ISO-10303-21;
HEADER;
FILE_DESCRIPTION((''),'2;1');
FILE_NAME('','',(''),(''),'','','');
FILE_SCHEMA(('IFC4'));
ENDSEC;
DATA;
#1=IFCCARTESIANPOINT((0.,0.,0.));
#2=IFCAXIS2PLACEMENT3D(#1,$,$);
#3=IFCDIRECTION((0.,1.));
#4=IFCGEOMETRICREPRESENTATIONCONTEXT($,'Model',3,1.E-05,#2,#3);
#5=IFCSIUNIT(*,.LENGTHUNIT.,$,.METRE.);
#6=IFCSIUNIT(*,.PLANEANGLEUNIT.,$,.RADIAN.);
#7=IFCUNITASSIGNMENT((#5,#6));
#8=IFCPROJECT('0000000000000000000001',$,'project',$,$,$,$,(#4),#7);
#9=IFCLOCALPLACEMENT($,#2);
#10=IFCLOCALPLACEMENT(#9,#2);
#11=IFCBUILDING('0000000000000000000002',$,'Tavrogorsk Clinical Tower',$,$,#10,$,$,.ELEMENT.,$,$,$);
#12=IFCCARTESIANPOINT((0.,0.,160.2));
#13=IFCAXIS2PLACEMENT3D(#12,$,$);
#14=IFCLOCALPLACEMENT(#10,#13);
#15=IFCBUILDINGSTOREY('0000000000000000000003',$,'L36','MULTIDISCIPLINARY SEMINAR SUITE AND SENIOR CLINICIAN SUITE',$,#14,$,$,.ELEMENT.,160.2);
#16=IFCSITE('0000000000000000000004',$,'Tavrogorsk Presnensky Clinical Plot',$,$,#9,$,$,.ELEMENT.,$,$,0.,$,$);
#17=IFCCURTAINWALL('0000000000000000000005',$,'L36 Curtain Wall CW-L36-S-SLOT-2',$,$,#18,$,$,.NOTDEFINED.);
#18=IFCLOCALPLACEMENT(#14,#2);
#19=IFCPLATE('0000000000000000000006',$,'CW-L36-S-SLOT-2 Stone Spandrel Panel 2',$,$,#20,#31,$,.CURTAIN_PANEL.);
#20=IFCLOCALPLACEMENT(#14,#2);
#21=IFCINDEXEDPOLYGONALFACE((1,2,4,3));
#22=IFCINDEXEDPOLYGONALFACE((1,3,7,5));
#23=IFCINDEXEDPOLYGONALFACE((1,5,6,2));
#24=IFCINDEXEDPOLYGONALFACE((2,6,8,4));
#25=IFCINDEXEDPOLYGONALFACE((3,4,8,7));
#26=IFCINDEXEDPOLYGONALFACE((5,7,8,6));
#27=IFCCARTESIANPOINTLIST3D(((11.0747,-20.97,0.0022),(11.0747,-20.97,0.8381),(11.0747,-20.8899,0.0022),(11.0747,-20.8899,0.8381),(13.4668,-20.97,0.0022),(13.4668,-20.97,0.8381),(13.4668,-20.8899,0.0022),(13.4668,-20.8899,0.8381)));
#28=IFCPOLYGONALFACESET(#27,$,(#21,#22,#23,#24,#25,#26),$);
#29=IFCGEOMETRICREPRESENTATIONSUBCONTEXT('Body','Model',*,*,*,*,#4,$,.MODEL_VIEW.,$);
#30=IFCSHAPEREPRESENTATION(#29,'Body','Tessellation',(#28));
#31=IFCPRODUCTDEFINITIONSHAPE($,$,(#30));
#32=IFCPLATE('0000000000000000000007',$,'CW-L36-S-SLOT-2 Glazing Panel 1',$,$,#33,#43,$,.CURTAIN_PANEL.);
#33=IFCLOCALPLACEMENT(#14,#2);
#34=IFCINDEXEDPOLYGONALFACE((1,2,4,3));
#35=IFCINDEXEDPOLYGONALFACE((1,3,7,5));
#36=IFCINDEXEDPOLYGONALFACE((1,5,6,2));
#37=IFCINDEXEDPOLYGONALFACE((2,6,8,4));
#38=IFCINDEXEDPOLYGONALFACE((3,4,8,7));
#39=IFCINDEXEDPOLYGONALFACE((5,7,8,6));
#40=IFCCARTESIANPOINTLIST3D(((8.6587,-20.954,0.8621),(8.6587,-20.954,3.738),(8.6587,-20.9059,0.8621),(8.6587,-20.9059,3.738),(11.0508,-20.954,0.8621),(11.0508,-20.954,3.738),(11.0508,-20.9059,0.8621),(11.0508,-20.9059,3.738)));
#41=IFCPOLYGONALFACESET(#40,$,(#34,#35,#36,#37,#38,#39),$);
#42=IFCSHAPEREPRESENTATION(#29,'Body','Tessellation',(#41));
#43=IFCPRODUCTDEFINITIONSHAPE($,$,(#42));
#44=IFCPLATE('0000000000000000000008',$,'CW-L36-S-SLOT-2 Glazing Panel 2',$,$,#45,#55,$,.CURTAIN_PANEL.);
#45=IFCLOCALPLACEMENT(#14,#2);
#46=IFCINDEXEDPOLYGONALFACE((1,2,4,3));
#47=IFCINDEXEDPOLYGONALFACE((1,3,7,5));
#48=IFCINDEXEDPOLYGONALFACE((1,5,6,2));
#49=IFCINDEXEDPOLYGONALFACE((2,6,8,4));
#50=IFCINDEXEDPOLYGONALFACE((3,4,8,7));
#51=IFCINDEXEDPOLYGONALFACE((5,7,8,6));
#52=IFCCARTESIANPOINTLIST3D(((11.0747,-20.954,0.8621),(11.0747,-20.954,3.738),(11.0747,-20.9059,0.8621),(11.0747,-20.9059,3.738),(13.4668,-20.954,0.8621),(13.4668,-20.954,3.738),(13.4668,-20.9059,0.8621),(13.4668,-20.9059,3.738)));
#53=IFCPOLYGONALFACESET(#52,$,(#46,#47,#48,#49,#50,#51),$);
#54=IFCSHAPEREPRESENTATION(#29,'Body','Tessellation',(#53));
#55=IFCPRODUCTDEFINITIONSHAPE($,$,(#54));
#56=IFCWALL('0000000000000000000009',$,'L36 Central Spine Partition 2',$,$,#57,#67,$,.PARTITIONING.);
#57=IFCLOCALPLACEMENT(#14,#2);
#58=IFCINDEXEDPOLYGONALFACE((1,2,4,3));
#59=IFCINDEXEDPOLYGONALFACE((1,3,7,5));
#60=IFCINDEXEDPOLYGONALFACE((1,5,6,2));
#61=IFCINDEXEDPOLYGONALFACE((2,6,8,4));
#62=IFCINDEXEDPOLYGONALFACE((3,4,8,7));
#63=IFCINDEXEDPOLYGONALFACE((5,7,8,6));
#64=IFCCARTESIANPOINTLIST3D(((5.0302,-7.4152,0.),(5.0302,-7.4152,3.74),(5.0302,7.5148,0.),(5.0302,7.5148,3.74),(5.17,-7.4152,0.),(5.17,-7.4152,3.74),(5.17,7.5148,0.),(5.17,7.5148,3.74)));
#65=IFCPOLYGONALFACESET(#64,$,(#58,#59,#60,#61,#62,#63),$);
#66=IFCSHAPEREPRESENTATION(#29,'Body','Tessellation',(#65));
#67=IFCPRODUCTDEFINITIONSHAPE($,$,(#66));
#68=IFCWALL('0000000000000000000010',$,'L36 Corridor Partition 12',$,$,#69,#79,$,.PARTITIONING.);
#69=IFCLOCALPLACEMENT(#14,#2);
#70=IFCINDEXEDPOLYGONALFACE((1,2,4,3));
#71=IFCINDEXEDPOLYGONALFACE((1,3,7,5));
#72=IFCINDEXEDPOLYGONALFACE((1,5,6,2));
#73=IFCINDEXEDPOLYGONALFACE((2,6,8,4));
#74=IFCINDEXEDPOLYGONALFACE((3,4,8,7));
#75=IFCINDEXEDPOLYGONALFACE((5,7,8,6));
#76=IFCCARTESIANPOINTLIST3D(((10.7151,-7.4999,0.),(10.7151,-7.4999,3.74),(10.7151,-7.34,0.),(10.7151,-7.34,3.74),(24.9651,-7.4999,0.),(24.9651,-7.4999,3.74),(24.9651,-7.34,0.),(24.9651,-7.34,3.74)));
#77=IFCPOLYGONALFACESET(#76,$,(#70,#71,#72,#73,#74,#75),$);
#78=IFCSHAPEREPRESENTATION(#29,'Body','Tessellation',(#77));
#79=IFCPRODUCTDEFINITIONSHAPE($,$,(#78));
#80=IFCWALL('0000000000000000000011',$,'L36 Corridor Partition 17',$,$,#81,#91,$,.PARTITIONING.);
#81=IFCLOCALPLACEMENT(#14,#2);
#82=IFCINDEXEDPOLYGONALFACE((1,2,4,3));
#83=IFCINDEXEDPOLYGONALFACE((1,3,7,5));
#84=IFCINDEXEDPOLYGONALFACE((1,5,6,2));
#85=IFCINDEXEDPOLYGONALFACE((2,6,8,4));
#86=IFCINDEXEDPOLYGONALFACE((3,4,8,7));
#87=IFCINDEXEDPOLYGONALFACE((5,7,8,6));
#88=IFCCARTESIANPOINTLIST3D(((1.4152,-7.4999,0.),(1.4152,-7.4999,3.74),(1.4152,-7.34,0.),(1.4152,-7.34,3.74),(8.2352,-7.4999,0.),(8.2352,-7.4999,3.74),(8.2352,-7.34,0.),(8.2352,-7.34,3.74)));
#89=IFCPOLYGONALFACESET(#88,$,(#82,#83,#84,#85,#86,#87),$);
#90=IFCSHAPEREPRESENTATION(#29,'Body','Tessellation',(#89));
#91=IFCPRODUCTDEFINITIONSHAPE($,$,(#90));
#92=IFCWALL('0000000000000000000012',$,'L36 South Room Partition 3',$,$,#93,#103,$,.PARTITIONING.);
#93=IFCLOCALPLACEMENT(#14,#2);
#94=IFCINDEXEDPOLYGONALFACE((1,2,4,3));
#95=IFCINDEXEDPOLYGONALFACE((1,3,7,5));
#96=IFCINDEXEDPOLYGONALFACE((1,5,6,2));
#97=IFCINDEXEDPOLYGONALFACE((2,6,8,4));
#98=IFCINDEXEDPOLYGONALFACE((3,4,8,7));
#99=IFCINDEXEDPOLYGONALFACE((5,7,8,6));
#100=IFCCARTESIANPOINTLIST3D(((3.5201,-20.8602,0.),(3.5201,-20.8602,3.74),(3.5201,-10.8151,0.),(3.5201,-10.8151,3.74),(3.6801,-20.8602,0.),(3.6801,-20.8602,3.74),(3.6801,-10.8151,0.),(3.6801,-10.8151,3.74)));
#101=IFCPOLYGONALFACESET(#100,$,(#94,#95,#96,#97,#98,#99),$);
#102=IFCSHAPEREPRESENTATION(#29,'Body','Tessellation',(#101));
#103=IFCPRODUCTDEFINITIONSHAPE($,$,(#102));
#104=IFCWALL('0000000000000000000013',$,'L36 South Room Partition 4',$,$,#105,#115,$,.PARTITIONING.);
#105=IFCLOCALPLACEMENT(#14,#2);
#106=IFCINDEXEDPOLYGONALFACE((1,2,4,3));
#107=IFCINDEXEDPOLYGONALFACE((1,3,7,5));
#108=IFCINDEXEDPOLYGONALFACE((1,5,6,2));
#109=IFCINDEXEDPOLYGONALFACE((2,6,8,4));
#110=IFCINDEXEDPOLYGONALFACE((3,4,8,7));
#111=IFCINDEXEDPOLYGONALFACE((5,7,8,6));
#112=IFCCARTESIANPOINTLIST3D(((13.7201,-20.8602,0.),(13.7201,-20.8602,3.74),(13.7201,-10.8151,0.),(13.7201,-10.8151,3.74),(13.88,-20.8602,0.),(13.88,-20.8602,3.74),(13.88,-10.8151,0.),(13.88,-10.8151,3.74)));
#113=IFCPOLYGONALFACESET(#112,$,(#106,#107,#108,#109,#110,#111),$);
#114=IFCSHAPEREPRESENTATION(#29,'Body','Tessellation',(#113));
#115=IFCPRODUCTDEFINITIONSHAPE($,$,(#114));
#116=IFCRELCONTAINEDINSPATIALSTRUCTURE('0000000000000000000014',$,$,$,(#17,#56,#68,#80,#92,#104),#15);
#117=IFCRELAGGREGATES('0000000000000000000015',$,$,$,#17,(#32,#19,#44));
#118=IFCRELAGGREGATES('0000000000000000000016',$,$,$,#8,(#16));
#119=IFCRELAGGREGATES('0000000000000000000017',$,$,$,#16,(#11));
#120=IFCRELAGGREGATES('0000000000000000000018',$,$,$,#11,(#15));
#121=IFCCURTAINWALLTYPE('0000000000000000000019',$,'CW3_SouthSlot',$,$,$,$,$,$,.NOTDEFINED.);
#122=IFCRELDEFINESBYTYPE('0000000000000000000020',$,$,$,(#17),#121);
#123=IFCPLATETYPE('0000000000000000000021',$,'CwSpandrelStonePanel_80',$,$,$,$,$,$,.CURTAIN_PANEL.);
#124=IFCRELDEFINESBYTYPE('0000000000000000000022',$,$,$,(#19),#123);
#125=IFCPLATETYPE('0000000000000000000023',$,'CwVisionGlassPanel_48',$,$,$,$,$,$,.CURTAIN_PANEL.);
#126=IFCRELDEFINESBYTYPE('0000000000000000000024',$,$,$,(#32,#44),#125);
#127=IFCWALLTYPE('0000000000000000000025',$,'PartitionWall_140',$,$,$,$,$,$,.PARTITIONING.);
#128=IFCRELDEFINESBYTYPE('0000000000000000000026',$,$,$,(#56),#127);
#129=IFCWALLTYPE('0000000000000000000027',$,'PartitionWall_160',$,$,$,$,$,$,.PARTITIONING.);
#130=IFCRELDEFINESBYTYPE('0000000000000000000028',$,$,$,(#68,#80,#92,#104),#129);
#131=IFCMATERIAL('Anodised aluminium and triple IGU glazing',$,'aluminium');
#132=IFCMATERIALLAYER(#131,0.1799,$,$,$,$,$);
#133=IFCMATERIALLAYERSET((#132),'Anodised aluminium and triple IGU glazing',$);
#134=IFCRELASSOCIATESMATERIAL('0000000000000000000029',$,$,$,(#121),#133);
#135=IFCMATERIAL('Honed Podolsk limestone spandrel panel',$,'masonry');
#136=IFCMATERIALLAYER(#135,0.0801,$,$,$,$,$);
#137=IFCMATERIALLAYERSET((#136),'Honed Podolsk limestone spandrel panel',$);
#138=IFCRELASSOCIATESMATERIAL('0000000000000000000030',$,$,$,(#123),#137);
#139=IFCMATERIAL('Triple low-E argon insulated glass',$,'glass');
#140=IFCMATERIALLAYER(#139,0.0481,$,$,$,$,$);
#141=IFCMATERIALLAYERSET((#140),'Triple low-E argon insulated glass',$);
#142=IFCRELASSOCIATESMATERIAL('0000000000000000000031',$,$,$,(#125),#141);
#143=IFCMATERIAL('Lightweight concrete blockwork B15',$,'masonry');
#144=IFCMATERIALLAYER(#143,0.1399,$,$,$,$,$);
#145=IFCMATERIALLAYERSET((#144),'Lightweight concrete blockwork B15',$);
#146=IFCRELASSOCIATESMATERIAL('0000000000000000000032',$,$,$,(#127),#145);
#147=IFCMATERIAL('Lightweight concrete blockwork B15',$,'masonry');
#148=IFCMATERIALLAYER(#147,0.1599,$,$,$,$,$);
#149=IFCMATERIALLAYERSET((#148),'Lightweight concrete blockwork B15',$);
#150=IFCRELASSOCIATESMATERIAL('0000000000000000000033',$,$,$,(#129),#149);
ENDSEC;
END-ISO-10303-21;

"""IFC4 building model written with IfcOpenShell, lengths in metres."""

from ifc_helpers import new_model, si_unit, direction, frame, frame_2d, origin, origin_2d, place, context, subcontext, project, spatial, rectangle, extrude, material, layer, layer_set, type_object, element, aggregate, save


model = new_model("IFC4")

# Units and contexts
model_context = context("Model", 3, precision=1e-05, world=origin(), true_north=direction((0.0, 1.0)))
body_context = subcontext(model_context, "Body", "Model", "MODEL_VIEW")
ifc_project = project(units=[si_unit("LENGTHUNIT", "METRE"), si_unit("PLANEANGLEUNIT", "RADIAN")], contexts=[model_context])

# Site, building, storey
site_placement = place(None, origin())
site = spatial("IfcSite", under=ifc_project, at=site_placement, Name="Tavrogorsk Presnensky Clinical Plot", CompositionType="ELEMENT", RefElevation=0.0)
building_placement = place(site_placement, origin())
building = spatial("IfcBuilding", under=site, at=building_placement, Name="Tavrogorsk Clinical Tower", CompositionType="ELEMENT")
storey_placement = place(building_placement, frame((0.0, 0.0, 160.2)))
storey = spatial("IfcBuildingStorey", under=building, at=storey_placement, Name="L36", Description="MULTIDISCIPLINARY SEMINAR SUITE AND SENIOR CLINICIAN SUITE", CompositionType="ELEMENT", Elevation=160.2)

# Curtain wall
ifc_material_1 = material(Name="Anodised aluminium and triple IGU glazing", Category="aluminium")
ifc_layer_1 = layer(ifc_material_1, 0.1799)
ifc_layer_set_1 = layer_set([ifc_layer_1], Name="Anodised aluminium and triple IGU glazing")
curtain_wall_type = type_object("IfcCurtainWallType", Name="CW3_SouthSlot", PredefinedType="NOTDEFINED", material=ifc_layer_set_1)
curtain_wall_placement = place(storey_placement, origin())
curtain_wall = element("IfcCurtainWall", 1, at=curtain_wall_placement, inside=storey, type_object=curtain_wall_type, Name="L36 Curtain Wall CW-L36-S-SLOT-2", PredefinedType="NOTDEFINED")

# Plates
ifc_material_2 = material(Name="Honed Podolsk limestone spandrel panel", Category="masonry")
ifc_layer_2 = layer(ifc_material_2, 0.0801)
ifc_layer_set_2 = layer_set([ifc_layer_2], Name="Honed Podolsk limestone spandrel panel")
plate_type_1 = type_object("IfcPlateType", Name="CwSpandrelStonePanel_80", PredefinedType="CURTAIN_PANEL", material=ifc_layer_set_2)
plate_1_placement = place(storey_placement, frame((12.2708, -20.9299, 0.0022), z_axis=(0.0, 0.0, 1.0), x_axis=(1.0, 0.0, 0.0)))
plate_1 = element("IfcPlate", 2, at=plate_1_placement, type_object=plate_type_1, Name="CW-L36-S-SLOT-2 Stone Spandrel Panel 2", PredefinedType="CURTAIN_PANEL", context=body_context, shape_type="SweptSolid", body=[
    extrude(rectangle(XDim=2.3921, YDim=0.0801, at=origin_2d()), origin(), (0.0, 0.0, 1.0), 0.8359),
])
ifc_material_3 = material(Name="Triple low-E argon insulated glass", Category="glass")
ifc_layer_3 = layer(ifc_material_3, 0.0481)
ifc_layer_set_3 = layer_set([ifc_layer_3], Name="Triple low-E argon insulated glass")
plate_type_2 = type_object("IfcPlateType", Name="CwVisionGlassPanel_48", PredefinedType="CURTAIN_PANEL", material=ifc_layer_set_3)
plate_2_placement = place(storey_placement, frame((9.8547, -20.9299, 0.8621), z_axis=(0.0, 0.0, 1.0), x_axis=(1.0, 0.0, 0.0)))
plate_2 = element("IfcPlate", 3, at=plate_2_placement, type_object=plate_type_2, Name="CW-L36-S-SLOT-2 Glazing Panel 1", PredefinedType="CURTAIN_PANEL", context=body_context, shape_type="SweptSolid", body=[
    extrude(rectangle(XDim=2.3921, YDim=0.0481, at=origin_2d()), origin(), (0.0, 0.0, 1.0), 2.876),
])
plate_3_placement = place(storey_placement, frame((12.2708, -20.9299, 0.8621), z_axis=(0.0, 0.0, 1.0), x_axis=(1.0, 0.0, 0.0)))
plate_3 = element("IfcPlate", 4, at=plate_3_placement, type_object=plate_type_2, Name="CW-L36-S-SLOT-2 Glazing Panel 2", PredefinedType="CURTAIN_PANEL", context=body_context, shape_type="SweptSolid", body=[
    extrude(rectangle(XDim=2.3921, YDim=0.0481, at=origin_2d()), origin(), (0.0, 0.0, 1.0), 2.876),
])
aggregate(curtain_wall, [plate_2, plate_1, plate_3])

# Walls
ifc_material_4 = material(Name="Lightweight concrete blockwork B15", Category="masonry")
ifc_layer_4 = layer(ifc_material_4, 0.1399)
ifc_layer_set_4 = layer_set([ifc_layer_4], Name="Lightweight concrete blockwork B15")
wall_type_1 = type_object("IfcWallType", Name="PartitionWall_140", PredefinedType="PARTITIONING", material=ifc_layer_set_4)
wall_1_placement = place(storey_placement, frame((5.1001, -7.415, 0.0), z_axis=(0.0, 0.0, 1.0), x_axis=(0.0, 1.0, 0.0)))
element("IfcWall", 5, at=wall_1_placement, inside=storey, type_object=wall_type_1, Name="L36 Central Spine Partition 2", PredefinedType="PARTITIONING", context=body_context, shape_type="SweptSolid", body=[
    extrude(rectangle(XDim=14.9299, YDim=0.1399, at=frame_2d((7.4648, 0.0))), origin(), (0.0, 0.0, 1.0), 3.74),
])
ifc_material_5 = material(Name="Lightweight concrete blockwork B15", Category="masonry")
ifc_layer_5 = layer(ifc_material_5, 0.1599)
ifc_layer_set_5 = layer_set([ifc_layer_5], Name="Lightweight concrete blockwork B15")
wall_type_2 = type_object("IfcWallType", Name="PartitionWall_160", PredefinedType="PARTITIONING", material=ifc_layer_set_5)
wall_2_placement = place(storey_placement, frame((10.7151, -7.4199, 0.0), z_axis=(0.0, 0.0, 1.0), x_axis=(1.0, 0.0, 0.0)))
element("IfcWall", 6, at=wall_2_placement, inside=storey, type_object=wall_type_2, Name="L36 Corridor Partition 12", PredefinedType="PARTITIONING", context=body_context, shape_type="SweptSolid", body=[
    extrude(rectangle(XDim=14.25, YDim=0.1599, at=frame_2d((7.125, 0.0))), origin(), (0.0, 0.0, 1.0), 3.74),
])
wall_3_placement = place(storey_placement, frame((1.415, -7.4199, 0.0), z_axis=(0.0, 0.0, 1.0), x_axis=(1.0, 0.0, 0.0)))
element("IfcWall", 7, at=wall_3_placement, inside=storey, type_object=wall_type_2, Name="L36 Corridor Partition 17", PredefinedType="PARTITIONING", context=body_context, shape_type="SweptSolid", body=[
    extrude(rectangle(XDim=6.8201, YDim=0.1599, at=frame_2d((3.4102, 0.0))), origin(), (0.0, 0.0, 1.0), 3.74),
])
for number, where, z_axis, x_axis, name in (
    (8, (3.6001, -20.8601, 0.0), (0.0, 0.0, 1.0), (0.0, 1.0, 0.0), "L36 South Room Partition 3"),
    (9, (13.8, -20.8601, 0.0), (0.0, 0.0, 1.0), (0.0, 1.0, 0.0), "L36 South Room Partition 4"),
):
    element("IfcWall", number, at=place(storey_placement, frame(where, z_axis=z_axis, x_axis=x_axis)), inside=storey, type_object=wall_type_2, Name=name, PredefinedType="PARTITIONING", context=body_context, shape_type="SweptSolid", body=[
        extrude(rectangle(XDim=10.0452, YDim=0.1599, at=frame_2d((5.0225, 0.0))), origin(), (0.0, 0.0, 1.0), 3.74),
    ])

save(model, "model.ifc")
